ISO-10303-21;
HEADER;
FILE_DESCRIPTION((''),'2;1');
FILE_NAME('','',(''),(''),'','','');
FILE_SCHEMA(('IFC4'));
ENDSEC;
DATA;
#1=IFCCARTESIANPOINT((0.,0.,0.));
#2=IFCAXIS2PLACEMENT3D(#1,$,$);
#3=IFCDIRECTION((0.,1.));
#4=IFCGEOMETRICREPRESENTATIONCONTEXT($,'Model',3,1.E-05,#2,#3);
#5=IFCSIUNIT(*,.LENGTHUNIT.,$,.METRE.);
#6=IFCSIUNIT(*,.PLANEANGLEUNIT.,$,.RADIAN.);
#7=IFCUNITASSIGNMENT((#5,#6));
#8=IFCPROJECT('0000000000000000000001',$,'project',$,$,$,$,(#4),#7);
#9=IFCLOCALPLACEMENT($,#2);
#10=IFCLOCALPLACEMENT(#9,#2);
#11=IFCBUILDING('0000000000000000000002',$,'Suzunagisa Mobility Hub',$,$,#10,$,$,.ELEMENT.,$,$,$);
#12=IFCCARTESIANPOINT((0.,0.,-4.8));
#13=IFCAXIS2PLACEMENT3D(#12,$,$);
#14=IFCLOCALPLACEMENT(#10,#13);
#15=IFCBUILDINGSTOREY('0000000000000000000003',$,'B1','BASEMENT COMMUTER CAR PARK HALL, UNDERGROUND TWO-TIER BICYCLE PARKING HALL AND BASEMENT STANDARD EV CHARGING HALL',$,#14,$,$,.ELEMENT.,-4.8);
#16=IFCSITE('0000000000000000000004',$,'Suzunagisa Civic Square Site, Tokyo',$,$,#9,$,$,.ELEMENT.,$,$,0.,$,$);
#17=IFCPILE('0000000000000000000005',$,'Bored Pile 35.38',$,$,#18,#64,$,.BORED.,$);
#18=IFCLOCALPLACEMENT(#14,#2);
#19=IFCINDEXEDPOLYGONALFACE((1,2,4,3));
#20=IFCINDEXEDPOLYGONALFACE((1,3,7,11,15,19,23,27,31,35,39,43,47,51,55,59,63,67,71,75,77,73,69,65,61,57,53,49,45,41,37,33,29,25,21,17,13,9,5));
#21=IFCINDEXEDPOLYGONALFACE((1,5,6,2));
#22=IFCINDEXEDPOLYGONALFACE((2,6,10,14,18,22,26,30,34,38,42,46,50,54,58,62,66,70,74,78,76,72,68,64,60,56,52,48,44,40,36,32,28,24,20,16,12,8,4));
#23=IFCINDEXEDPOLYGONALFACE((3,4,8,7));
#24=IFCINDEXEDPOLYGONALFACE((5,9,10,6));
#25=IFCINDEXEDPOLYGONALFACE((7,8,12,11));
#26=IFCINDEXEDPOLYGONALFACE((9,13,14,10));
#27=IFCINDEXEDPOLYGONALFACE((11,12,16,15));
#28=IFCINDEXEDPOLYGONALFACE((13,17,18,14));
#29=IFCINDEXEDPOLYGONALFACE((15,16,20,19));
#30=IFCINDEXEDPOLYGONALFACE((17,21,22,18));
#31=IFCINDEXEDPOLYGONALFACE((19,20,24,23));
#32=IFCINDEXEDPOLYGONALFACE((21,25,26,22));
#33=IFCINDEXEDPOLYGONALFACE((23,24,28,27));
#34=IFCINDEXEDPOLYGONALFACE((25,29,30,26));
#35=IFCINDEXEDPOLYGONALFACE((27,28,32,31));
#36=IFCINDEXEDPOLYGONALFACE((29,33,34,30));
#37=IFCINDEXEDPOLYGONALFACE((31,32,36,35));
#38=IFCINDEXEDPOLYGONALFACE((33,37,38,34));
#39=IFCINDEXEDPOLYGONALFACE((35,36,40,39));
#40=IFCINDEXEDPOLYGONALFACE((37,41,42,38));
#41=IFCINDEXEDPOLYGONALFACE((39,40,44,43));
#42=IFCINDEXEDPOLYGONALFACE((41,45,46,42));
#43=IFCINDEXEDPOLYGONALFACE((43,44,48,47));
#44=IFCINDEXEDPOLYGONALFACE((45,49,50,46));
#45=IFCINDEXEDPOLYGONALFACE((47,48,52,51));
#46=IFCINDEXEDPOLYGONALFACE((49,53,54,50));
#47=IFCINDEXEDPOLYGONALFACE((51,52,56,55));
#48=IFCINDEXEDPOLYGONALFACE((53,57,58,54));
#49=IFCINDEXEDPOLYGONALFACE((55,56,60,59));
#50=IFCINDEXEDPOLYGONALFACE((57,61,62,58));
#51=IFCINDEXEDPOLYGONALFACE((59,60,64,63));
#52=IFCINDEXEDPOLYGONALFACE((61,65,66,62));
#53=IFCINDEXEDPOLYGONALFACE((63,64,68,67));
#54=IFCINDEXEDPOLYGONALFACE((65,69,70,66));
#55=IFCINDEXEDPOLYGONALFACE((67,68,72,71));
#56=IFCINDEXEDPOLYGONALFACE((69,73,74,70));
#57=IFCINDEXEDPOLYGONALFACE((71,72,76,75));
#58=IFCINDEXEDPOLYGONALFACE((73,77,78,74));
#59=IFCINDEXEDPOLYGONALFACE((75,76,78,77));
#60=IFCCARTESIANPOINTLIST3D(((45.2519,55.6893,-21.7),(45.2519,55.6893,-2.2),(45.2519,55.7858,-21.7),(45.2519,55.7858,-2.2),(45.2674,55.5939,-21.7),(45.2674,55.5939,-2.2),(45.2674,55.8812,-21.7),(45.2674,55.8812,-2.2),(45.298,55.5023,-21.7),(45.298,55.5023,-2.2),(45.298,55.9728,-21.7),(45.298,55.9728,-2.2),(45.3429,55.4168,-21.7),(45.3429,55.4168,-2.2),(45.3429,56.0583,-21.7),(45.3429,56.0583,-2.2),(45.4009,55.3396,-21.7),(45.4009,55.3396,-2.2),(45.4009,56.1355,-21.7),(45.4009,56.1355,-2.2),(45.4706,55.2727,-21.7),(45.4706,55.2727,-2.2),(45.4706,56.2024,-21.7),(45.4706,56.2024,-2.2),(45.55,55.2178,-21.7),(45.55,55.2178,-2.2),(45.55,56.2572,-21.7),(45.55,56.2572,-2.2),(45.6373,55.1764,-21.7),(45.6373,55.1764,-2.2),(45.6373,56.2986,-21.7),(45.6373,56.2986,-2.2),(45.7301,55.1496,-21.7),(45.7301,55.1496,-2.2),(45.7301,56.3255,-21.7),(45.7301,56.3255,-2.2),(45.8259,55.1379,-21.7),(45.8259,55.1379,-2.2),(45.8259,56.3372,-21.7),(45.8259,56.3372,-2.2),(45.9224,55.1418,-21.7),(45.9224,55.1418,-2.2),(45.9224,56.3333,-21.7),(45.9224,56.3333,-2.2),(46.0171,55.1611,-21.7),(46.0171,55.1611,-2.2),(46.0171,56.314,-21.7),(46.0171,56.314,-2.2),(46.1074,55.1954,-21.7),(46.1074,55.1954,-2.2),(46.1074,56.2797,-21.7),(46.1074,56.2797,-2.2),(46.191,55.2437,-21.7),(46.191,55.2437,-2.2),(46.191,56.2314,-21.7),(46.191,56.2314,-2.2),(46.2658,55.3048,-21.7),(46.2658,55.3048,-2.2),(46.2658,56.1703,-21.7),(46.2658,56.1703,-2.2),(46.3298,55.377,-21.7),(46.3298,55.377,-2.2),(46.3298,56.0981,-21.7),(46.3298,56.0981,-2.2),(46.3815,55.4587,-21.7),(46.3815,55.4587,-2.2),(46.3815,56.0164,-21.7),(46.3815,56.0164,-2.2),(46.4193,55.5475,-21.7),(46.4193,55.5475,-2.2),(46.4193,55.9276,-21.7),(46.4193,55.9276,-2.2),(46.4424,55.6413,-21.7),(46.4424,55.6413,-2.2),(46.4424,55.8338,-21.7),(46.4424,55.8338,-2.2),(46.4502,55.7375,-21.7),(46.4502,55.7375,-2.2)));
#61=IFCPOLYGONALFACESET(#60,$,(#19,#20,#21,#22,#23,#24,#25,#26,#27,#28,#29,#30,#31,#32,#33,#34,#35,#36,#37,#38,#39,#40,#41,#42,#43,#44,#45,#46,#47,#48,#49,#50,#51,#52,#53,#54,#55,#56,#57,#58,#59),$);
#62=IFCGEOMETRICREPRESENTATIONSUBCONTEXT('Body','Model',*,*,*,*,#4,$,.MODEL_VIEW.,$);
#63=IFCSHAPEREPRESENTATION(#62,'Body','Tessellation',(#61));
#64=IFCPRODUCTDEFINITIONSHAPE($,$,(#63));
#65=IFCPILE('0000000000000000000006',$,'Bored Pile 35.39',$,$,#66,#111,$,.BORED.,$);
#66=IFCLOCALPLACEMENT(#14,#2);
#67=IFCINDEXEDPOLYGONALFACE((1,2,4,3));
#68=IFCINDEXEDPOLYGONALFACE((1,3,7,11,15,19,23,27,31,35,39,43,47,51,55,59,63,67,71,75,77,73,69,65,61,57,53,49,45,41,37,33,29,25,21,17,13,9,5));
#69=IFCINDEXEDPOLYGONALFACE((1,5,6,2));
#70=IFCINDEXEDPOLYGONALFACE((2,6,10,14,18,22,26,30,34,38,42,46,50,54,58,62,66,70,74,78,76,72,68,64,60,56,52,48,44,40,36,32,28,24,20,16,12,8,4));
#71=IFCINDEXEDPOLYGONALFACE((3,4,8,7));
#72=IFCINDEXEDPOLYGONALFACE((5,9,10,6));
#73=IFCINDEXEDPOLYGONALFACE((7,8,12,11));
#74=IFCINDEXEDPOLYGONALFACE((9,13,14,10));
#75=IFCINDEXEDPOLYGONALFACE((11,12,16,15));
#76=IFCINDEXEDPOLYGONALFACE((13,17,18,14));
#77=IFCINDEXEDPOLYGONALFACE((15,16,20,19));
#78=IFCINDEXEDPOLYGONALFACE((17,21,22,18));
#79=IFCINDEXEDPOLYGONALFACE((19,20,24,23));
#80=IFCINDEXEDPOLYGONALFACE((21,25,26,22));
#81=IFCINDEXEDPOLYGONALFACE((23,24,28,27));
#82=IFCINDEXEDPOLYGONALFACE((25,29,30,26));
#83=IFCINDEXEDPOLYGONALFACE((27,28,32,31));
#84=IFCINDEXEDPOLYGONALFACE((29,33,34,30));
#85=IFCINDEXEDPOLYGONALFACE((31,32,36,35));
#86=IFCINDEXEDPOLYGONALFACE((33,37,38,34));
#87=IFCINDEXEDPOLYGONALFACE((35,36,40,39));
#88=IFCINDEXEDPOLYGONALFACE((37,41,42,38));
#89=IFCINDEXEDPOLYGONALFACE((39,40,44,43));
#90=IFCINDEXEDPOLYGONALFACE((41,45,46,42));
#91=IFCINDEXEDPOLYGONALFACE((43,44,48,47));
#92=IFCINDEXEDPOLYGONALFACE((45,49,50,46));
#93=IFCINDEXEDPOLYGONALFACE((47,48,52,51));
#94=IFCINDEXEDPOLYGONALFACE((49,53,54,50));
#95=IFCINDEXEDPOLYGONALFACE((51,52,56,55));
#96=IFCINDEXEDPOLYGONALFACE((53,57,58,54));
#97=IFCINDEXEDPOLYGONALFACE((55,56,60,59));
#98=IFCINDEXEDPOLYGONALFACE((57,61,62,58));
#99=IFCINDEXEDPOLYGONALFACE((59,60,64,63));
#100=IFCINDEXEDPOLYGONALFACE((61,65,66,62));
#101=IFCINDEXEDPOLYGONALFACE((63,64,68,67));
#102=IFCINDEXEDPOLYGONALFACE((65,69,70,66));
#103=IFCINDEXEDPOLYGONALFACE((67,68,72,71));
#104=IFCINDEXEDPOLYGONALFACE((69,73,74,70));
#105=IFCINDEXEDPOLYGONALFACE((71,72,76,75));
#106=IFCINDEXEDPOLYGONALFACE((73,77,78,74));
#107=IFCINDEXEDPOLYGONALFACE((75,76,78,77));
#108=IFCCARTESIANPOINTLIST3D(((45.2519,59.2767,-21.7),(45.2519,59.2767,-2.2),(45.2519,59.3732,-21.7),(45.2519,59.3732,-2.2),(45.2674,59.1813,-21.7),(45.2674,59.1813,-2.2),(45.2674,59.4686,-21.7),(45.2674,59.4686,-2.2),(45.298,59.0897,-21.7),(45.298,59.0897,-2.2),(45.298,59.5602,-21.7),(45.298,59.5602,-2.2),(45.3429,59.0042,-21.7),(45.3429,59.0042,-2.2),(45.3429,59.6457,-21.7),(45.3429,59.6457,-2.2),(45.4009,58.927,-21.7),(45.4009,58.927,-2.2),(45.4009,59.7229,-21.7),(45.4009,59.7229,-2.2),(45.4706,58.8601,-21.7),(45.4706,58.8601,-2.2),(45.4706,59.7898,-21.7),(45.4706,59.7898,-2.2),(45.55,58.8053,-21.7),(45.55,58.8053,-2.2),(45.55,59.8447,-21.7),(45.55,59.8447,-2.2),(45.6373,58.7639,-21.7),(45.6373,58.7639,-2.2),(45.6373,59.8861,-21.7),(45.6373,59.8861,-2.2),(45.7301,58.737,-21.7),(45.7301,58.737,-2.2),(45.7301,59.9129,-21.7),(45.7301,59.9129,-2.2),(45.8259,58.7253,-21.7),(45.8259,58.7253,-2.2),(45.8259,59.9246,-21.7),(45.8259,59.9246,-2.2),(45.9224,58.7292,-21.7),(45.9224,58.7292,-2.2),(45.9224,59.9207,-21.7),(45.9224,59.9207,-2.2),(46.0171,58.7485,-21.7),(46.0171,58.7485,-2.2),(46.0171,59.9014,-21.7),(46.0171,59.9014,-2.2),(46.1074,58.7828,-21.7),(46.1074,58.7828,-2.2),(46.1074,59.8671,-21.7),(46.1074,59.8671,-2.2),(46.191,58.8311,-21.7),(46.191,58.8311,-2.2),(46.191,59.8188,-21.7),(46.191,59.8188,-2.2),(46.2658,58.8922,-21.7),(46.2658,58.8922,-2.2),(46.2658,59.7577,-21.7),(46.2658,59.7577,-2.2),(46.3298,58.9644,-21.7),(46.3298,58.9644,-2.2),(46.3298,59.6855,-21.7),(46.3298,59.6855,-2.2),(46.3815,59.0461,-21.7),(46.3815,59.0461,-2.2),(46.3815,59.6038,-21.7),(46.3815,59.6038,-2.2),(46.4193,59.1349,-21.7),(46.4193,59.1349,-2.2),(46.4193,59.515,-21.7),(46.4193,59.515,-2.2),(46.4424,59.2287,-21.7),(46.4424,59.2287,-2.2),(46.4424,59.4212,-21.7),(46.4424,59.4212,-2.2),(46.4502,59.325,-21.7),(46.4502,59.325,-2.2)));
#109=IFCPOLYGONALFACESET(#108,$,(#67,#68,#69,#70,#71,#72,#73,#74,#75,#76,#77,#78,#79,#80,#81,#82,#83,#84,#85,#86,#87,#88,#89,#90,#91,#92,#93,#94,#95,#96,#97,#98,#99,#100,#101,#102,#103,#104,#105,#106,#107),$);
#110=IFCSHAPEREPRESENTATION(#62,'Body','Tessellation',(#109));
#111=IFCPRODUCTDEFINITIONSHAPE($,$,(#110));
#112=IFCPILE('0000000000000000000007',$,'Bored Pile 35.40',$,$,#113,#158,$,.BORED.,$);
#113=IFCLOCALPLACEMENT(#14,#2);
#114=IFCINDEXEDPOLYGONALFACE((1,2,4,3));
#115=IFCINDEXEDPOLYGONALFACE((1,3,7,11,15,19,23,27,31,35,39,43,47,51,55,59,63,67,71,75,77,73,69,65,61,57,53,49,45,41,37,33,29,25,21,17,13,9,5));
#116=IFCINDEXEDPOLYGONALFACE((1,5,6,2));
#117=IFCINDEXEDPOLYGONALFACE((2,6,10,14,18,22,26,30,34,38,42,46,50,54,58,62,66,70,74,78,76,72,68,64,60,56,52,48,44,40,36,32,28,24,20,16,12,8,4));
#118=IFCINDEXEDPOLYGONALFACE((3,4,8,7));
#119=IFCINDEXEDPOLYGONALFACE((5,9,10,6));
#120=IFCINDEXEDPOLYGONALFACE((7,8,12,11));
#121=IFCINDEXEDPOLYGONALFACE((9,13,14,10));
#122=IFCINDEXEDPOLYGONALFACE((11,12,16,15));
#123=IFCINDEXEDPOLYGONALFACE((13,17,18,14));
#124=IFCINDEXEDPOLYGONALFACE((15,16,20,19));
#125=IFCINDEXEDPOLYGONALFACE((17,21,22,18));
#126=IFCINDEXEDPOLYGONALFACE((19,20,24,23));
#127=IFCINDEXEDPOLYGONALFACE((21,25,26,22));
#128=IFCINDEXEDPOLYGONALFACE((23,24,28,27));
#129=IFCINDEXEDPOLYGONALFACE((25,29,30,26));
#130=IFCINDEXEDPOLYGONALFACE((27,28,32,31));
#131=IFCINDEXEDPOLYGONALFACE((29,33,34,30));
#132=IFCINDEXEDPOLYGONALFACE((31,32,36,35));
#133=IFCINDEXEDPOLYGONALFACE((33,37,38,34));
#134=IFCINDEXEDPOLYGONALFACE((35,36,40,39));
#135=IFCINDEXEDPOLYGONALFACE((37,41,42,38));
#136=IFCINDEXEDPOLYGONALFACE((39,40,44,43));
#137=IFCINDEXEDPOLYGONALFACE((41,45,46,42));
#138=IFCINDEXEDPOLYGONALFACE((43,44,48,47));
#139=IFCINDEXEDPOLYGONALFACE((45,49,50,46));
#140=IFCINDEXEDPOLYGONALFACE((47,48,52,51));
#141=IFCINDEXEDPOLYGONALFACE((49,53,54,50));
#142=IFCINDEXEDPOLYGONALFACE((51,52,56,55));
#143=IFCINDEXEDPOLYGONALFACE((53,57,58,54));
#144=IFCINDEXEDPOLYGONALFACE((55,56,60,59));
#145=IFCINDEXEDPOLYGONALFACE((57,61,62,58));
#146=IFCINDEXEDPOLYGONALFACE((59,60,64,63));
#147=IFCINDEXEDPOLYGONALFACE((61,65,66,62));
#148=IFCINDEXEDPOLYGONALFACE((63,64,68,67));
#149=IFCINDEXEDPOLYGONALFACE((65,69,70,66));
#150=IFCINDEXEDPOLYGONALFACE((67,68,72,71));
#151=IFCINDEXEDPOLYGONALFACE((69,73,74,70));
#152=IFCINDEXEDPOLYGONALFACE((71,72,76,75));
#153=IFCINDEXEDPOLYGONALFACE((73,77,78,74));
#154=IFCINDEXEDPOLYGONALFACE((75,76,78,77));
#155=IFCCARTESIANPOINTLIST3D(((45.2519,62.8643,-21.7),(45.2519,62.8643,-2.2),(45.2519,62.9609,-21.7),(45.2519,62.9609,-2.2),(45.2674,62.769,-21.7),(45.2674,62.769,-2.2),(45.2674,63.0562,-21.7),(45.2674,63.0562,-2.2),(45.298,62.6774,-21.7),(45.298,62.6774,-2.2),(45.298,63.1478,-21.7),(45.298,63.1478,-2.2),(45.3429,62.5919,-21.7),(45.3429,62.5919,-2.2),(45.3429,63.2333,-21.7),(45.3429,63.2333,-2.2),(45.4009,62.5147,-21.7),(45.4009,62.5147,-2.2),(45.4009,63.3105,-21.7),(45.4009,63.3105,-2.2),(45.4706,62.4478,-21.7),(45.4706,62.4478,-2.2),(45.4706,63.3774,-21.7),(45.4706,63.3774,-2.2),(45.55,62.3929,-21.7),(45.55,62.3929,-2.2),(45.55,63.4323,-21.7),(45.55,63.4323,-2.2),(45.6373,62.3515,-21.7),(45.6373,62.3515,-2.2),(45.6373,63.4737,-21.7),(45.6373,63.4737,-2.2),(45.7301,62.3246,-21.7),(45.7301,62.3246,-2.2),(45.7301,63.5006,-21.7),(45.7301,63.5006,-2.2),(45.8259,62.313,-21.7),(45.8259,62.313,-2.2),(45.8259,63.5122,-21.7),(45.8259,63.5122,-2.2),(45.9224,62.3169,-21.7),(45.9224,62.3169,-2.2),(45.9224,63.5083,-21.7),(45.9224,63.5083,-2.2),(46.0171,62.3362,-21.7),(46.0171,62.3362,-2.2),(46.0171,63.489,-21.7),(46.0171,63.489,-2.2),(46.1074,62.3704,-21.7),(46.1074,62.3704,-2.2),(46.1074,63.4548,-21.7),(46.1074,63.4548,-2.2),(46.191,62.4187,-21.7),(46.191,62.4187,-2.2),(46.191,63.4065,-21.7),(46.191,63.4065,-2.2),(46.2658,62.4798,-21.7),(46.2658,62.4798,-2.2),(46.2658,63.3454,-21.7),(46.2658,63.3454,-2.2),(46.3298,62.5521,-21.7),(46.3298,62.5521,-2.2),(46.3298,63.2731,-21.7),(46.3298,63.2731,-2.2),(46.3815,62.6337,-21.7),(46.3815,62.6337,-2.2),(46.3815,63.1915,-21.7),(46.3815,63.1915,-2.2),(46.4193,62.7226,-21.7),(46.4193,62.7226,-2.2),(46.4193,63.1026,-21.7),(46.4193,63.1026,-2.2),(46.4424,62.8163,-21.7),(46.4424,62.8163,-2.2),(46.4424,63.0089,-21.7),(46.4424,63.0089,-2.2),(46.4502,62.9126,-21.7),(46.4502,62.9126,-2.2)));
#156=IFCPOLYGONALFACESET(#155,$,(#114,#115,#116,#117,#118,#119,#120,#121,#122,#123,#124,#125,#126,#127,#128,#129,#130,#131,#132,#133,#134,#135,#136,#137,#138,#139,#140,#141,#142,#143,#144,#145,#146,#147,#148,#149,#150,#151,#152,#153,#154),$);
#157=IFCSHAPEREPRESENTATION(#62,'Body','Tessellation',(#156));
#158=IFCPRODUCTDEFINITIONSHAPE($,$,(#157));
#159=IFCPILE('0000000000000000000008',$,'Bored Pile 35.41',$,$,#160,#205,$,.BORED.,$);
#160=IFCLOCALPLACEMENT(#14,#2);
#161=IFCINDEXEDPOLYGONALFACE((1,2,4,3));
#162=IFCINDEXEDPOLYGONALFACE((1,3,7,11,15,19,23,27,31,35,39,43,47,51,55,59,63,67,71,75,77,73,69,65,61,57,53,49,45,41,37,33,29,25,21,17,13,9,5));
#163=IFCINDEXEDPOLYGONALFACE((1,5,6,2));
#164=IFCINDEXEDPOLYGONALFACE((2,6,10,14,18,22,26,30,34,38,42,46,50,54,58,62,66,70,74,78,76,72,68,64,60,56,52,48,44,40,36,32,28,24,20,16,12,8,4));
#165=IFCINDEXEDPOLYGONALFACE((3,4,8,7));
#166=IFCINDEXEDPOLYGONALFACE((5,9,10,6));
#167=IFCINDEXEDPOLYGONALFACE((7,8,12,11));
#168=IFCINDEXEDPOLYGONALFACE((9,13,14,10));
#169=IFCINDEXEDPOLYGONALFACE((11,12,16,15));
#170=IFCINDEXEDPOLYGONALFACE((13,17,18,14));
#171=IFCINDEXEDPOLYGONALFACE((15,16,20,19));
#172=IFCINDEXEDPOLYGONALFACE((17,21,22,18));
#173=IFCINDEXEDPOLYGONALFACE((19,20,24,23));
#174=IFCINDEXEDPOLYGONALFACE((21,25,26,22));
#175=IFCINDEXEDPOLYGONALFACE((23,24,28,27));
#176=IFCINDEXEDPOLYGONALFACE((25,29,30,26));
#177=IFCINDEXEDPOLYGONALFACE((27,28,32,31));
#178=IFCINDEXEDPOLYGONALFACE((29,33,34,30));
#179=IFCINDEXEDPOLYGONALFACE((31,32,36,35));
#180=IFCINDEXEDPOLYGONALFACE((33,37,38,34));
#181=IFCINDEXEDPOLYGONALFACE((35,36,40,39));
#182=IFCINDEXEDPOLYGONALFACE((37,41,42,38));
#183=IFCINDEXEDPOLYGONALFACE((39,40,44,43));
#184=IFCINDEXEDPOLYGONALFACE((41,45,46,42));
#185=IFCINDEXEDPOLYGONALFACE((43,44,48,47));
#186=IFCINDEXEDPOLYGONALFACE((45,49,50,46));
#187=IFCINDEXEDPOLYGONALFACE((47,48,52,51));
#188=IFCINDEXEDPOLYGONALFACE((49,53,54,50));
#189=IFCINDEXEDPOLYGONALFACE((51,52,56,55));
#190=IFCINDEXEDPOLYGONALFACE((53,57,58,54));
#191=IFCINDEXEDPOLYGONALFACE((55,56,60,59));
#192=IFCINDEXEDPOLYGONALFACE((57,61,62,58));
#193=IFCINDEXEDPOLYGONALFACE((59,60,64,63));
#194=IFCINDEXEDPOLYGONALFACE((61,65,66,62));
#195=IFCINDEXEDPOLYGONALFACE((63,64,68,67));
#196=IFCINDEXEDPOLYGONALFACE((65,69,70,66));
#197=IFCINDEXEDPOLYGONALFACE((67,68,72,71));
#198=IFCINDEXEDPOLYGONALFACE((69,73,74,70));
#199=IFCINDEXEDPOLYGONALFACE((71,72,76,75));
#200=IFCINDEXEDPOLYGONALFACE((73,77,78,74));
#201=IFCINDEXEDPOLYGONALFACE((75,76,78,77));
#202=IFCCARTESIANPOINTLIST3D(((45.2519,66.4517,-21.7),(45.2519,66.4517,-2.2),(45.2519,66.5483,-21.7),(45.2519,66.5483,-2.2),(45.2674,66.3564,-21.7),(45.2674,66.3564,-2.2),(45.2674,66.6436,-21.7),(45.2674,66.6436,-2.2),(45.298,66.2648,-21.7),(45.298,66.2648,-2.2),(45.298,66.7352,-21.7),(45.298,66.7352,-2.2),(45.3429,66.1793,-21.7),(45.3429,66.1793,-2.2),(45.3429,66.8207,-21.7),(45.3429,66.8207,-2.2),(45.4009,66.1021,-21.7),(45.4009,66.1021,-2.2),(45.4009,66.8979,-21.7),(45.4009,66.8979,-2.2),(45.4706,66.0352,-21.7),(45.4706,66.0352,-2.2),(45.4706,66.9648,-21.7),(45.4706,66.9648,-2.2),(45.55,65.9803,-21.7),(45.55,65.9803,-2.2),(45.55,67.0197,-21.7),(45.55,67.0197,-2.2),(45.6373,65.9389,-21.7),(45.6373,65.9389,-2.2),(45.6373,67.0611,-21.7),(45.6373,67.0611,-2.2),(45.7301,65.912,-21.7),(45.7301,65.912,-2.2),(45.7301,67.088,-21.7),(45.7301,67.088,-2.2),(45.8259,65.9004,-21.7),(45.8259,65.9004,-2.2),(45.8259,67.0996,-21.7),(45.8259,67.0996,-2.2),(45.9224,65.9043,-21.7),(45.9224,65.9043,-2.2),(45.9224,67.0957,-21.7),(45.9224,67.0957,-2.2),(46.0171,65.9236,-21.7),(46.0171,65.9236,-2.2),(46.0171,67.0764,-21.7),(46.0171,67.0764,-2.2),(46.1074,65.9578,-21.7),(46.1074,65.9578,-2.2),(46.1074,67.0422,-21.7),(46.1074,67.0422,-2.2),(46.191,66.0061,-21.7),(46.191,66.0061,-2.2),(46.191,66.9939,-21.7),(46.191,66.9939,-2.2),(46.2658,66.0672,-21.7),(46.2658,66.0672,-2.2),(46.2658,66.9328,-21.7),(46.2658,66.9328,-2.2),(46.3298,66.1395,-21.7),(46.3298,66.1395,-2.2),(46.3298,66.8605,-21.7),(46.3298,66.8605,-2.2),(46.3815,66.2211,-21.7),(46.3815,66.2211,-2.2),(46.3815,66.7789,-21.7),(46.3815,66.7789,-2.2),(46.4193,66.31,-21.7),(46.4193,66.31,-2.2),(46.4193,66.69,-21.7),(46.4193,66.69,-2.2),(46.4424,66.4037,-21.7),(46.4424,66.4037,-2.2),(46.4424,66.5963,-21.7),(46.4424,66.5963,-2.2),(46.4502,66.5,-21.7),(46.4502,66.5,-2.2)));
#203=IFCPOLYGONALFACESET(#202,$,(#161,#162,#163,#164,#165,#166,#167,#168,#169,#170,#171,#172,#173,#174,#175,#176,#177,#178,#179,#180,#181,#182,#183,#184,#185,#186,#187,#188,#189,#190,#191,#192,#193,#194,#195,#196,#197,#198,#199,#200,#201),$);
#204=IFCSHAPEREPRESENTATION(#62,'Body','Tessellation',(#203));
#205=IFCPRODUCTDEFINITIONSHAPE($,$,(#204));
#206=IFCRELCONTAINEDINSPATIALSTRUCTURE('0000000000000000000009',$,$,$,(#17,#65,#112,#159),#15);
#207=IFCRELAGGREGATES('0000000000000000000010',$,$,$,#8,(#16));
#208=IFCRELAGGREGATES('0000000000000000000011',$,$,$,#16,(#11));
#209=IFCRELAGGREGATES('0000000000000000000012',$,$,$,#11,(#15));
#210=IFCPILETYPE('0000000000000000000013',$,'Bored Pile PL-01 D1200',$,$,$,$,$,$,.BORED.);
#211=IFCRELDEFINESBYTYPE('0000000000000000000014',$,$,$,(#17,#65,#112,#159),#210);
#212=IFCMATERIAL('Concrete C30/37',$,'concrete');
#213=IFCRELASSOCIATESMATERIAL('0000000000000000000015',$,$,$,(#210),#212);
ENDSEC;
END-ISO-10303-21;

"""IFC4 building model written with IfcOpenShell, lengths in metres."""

from ifc_helpers import new_model, si_unit, direction, frame, origin, origin_2d, place, context, subcontext, project, spatial, circle, extrude, material, material_profile, profile_set, type_object, element, save


model = new_model("IFC4")

# Units and contexts
model_context = context("Model", 3, precision=1e-05, world=origin(), true_north=direction((0.0, 1.0)))
body_context = subcontext(model_context, "Body", "Model", "MODEL_VIEW")
ifc_project = project(units=[si_unit("LENGTHUNIT", "METRE"), si_unit("PLANEANGLEUNIT", "RADIAN")], contexts=[model_context])

# Site, building, storey
site_placement = place(None, origin())
site = spatial("IfcSite", under=ifc_project, at=site_placement, Name="Suzunagisa Civic Square Site, Tokyo", CompositionType="ELEMENT", RefElevation=0.0)
building_placement = place(site_placement, origin())
building = spatial("IfcBuilding", under=site, at=building_placement, Name="Suzunagisa Mobility Hub", CompositionType="ELEMENT")
storey_placement = place(building_placement, frame((0.0, 0.0, -4.8)))
storey = spatial("IfcBuildingStorey", under=building, at=storey_placement, Name="B1", Description="BASEMENT COMMUTER CAR PARK HALL, UNDERGROUND TWO-TIER BICYCLE PARKING HALL AND BASEMENT STANDARD EV CHARGING HALL", CompositionType="ELEMENT", Elevation=-4.8)

# Piles
ifc_material_1 = material(Name="Concrete C30/37", Category="concrete")
ifc_material_profile_1 = material_profile(ifc_material_1, circle(Radius=0.6001, at=origin_2d()), Name="BORED PILE D1200")
ifc_profile_set_1 = profile_set([ifc_material_profile_1], Name="Concrete C30/37")
pile_type_1 = type_object("IfcPileType", Name="Bored Pile PL-01 D1200", PredefinedType="BORED", material=ifc_profile_set_1)
for number, where, z_axis, x_axis, name in (
    (1, (45.8501, 55.7375, -2.2), (0.0, 0.0, -1.0), (1.0, 0.0, 0.0), "Bored Pile 35.38"),
    (2, (45.8501, 59.325, -2.2), (0.0, 0.0, -1.0), (1.0, 0.0, 0.0), "Bored Pile 35.39"),
    (3, (45.8501, 62.9126, -2.2), (0.0, 0.0, -1.0), (1.0, 0.0, 0.0), "Bored Pile 35.40"),
    (4, (45.8501, 66.5, -2.2), (0.0, 0.0, -1.0), (1.0, 0.0, 0.0), "Bored Pile 35.41"),
):
    element("IfcPile", number, at=place(storey_placement, frame(where, z_axis=z_axis, x_axis=x_axis)), inside=storey, type_object=pile_type_1, Name=name, PredefinedType="BORED", context=body_context, shape_type="SweptSolid", body=[
        extrude(circle(Radius=0.6001, at=origin_2d()), origin(), (0.0, 0.0, 1.0), 19.5),
    ])

save(model, "model.ifc")
